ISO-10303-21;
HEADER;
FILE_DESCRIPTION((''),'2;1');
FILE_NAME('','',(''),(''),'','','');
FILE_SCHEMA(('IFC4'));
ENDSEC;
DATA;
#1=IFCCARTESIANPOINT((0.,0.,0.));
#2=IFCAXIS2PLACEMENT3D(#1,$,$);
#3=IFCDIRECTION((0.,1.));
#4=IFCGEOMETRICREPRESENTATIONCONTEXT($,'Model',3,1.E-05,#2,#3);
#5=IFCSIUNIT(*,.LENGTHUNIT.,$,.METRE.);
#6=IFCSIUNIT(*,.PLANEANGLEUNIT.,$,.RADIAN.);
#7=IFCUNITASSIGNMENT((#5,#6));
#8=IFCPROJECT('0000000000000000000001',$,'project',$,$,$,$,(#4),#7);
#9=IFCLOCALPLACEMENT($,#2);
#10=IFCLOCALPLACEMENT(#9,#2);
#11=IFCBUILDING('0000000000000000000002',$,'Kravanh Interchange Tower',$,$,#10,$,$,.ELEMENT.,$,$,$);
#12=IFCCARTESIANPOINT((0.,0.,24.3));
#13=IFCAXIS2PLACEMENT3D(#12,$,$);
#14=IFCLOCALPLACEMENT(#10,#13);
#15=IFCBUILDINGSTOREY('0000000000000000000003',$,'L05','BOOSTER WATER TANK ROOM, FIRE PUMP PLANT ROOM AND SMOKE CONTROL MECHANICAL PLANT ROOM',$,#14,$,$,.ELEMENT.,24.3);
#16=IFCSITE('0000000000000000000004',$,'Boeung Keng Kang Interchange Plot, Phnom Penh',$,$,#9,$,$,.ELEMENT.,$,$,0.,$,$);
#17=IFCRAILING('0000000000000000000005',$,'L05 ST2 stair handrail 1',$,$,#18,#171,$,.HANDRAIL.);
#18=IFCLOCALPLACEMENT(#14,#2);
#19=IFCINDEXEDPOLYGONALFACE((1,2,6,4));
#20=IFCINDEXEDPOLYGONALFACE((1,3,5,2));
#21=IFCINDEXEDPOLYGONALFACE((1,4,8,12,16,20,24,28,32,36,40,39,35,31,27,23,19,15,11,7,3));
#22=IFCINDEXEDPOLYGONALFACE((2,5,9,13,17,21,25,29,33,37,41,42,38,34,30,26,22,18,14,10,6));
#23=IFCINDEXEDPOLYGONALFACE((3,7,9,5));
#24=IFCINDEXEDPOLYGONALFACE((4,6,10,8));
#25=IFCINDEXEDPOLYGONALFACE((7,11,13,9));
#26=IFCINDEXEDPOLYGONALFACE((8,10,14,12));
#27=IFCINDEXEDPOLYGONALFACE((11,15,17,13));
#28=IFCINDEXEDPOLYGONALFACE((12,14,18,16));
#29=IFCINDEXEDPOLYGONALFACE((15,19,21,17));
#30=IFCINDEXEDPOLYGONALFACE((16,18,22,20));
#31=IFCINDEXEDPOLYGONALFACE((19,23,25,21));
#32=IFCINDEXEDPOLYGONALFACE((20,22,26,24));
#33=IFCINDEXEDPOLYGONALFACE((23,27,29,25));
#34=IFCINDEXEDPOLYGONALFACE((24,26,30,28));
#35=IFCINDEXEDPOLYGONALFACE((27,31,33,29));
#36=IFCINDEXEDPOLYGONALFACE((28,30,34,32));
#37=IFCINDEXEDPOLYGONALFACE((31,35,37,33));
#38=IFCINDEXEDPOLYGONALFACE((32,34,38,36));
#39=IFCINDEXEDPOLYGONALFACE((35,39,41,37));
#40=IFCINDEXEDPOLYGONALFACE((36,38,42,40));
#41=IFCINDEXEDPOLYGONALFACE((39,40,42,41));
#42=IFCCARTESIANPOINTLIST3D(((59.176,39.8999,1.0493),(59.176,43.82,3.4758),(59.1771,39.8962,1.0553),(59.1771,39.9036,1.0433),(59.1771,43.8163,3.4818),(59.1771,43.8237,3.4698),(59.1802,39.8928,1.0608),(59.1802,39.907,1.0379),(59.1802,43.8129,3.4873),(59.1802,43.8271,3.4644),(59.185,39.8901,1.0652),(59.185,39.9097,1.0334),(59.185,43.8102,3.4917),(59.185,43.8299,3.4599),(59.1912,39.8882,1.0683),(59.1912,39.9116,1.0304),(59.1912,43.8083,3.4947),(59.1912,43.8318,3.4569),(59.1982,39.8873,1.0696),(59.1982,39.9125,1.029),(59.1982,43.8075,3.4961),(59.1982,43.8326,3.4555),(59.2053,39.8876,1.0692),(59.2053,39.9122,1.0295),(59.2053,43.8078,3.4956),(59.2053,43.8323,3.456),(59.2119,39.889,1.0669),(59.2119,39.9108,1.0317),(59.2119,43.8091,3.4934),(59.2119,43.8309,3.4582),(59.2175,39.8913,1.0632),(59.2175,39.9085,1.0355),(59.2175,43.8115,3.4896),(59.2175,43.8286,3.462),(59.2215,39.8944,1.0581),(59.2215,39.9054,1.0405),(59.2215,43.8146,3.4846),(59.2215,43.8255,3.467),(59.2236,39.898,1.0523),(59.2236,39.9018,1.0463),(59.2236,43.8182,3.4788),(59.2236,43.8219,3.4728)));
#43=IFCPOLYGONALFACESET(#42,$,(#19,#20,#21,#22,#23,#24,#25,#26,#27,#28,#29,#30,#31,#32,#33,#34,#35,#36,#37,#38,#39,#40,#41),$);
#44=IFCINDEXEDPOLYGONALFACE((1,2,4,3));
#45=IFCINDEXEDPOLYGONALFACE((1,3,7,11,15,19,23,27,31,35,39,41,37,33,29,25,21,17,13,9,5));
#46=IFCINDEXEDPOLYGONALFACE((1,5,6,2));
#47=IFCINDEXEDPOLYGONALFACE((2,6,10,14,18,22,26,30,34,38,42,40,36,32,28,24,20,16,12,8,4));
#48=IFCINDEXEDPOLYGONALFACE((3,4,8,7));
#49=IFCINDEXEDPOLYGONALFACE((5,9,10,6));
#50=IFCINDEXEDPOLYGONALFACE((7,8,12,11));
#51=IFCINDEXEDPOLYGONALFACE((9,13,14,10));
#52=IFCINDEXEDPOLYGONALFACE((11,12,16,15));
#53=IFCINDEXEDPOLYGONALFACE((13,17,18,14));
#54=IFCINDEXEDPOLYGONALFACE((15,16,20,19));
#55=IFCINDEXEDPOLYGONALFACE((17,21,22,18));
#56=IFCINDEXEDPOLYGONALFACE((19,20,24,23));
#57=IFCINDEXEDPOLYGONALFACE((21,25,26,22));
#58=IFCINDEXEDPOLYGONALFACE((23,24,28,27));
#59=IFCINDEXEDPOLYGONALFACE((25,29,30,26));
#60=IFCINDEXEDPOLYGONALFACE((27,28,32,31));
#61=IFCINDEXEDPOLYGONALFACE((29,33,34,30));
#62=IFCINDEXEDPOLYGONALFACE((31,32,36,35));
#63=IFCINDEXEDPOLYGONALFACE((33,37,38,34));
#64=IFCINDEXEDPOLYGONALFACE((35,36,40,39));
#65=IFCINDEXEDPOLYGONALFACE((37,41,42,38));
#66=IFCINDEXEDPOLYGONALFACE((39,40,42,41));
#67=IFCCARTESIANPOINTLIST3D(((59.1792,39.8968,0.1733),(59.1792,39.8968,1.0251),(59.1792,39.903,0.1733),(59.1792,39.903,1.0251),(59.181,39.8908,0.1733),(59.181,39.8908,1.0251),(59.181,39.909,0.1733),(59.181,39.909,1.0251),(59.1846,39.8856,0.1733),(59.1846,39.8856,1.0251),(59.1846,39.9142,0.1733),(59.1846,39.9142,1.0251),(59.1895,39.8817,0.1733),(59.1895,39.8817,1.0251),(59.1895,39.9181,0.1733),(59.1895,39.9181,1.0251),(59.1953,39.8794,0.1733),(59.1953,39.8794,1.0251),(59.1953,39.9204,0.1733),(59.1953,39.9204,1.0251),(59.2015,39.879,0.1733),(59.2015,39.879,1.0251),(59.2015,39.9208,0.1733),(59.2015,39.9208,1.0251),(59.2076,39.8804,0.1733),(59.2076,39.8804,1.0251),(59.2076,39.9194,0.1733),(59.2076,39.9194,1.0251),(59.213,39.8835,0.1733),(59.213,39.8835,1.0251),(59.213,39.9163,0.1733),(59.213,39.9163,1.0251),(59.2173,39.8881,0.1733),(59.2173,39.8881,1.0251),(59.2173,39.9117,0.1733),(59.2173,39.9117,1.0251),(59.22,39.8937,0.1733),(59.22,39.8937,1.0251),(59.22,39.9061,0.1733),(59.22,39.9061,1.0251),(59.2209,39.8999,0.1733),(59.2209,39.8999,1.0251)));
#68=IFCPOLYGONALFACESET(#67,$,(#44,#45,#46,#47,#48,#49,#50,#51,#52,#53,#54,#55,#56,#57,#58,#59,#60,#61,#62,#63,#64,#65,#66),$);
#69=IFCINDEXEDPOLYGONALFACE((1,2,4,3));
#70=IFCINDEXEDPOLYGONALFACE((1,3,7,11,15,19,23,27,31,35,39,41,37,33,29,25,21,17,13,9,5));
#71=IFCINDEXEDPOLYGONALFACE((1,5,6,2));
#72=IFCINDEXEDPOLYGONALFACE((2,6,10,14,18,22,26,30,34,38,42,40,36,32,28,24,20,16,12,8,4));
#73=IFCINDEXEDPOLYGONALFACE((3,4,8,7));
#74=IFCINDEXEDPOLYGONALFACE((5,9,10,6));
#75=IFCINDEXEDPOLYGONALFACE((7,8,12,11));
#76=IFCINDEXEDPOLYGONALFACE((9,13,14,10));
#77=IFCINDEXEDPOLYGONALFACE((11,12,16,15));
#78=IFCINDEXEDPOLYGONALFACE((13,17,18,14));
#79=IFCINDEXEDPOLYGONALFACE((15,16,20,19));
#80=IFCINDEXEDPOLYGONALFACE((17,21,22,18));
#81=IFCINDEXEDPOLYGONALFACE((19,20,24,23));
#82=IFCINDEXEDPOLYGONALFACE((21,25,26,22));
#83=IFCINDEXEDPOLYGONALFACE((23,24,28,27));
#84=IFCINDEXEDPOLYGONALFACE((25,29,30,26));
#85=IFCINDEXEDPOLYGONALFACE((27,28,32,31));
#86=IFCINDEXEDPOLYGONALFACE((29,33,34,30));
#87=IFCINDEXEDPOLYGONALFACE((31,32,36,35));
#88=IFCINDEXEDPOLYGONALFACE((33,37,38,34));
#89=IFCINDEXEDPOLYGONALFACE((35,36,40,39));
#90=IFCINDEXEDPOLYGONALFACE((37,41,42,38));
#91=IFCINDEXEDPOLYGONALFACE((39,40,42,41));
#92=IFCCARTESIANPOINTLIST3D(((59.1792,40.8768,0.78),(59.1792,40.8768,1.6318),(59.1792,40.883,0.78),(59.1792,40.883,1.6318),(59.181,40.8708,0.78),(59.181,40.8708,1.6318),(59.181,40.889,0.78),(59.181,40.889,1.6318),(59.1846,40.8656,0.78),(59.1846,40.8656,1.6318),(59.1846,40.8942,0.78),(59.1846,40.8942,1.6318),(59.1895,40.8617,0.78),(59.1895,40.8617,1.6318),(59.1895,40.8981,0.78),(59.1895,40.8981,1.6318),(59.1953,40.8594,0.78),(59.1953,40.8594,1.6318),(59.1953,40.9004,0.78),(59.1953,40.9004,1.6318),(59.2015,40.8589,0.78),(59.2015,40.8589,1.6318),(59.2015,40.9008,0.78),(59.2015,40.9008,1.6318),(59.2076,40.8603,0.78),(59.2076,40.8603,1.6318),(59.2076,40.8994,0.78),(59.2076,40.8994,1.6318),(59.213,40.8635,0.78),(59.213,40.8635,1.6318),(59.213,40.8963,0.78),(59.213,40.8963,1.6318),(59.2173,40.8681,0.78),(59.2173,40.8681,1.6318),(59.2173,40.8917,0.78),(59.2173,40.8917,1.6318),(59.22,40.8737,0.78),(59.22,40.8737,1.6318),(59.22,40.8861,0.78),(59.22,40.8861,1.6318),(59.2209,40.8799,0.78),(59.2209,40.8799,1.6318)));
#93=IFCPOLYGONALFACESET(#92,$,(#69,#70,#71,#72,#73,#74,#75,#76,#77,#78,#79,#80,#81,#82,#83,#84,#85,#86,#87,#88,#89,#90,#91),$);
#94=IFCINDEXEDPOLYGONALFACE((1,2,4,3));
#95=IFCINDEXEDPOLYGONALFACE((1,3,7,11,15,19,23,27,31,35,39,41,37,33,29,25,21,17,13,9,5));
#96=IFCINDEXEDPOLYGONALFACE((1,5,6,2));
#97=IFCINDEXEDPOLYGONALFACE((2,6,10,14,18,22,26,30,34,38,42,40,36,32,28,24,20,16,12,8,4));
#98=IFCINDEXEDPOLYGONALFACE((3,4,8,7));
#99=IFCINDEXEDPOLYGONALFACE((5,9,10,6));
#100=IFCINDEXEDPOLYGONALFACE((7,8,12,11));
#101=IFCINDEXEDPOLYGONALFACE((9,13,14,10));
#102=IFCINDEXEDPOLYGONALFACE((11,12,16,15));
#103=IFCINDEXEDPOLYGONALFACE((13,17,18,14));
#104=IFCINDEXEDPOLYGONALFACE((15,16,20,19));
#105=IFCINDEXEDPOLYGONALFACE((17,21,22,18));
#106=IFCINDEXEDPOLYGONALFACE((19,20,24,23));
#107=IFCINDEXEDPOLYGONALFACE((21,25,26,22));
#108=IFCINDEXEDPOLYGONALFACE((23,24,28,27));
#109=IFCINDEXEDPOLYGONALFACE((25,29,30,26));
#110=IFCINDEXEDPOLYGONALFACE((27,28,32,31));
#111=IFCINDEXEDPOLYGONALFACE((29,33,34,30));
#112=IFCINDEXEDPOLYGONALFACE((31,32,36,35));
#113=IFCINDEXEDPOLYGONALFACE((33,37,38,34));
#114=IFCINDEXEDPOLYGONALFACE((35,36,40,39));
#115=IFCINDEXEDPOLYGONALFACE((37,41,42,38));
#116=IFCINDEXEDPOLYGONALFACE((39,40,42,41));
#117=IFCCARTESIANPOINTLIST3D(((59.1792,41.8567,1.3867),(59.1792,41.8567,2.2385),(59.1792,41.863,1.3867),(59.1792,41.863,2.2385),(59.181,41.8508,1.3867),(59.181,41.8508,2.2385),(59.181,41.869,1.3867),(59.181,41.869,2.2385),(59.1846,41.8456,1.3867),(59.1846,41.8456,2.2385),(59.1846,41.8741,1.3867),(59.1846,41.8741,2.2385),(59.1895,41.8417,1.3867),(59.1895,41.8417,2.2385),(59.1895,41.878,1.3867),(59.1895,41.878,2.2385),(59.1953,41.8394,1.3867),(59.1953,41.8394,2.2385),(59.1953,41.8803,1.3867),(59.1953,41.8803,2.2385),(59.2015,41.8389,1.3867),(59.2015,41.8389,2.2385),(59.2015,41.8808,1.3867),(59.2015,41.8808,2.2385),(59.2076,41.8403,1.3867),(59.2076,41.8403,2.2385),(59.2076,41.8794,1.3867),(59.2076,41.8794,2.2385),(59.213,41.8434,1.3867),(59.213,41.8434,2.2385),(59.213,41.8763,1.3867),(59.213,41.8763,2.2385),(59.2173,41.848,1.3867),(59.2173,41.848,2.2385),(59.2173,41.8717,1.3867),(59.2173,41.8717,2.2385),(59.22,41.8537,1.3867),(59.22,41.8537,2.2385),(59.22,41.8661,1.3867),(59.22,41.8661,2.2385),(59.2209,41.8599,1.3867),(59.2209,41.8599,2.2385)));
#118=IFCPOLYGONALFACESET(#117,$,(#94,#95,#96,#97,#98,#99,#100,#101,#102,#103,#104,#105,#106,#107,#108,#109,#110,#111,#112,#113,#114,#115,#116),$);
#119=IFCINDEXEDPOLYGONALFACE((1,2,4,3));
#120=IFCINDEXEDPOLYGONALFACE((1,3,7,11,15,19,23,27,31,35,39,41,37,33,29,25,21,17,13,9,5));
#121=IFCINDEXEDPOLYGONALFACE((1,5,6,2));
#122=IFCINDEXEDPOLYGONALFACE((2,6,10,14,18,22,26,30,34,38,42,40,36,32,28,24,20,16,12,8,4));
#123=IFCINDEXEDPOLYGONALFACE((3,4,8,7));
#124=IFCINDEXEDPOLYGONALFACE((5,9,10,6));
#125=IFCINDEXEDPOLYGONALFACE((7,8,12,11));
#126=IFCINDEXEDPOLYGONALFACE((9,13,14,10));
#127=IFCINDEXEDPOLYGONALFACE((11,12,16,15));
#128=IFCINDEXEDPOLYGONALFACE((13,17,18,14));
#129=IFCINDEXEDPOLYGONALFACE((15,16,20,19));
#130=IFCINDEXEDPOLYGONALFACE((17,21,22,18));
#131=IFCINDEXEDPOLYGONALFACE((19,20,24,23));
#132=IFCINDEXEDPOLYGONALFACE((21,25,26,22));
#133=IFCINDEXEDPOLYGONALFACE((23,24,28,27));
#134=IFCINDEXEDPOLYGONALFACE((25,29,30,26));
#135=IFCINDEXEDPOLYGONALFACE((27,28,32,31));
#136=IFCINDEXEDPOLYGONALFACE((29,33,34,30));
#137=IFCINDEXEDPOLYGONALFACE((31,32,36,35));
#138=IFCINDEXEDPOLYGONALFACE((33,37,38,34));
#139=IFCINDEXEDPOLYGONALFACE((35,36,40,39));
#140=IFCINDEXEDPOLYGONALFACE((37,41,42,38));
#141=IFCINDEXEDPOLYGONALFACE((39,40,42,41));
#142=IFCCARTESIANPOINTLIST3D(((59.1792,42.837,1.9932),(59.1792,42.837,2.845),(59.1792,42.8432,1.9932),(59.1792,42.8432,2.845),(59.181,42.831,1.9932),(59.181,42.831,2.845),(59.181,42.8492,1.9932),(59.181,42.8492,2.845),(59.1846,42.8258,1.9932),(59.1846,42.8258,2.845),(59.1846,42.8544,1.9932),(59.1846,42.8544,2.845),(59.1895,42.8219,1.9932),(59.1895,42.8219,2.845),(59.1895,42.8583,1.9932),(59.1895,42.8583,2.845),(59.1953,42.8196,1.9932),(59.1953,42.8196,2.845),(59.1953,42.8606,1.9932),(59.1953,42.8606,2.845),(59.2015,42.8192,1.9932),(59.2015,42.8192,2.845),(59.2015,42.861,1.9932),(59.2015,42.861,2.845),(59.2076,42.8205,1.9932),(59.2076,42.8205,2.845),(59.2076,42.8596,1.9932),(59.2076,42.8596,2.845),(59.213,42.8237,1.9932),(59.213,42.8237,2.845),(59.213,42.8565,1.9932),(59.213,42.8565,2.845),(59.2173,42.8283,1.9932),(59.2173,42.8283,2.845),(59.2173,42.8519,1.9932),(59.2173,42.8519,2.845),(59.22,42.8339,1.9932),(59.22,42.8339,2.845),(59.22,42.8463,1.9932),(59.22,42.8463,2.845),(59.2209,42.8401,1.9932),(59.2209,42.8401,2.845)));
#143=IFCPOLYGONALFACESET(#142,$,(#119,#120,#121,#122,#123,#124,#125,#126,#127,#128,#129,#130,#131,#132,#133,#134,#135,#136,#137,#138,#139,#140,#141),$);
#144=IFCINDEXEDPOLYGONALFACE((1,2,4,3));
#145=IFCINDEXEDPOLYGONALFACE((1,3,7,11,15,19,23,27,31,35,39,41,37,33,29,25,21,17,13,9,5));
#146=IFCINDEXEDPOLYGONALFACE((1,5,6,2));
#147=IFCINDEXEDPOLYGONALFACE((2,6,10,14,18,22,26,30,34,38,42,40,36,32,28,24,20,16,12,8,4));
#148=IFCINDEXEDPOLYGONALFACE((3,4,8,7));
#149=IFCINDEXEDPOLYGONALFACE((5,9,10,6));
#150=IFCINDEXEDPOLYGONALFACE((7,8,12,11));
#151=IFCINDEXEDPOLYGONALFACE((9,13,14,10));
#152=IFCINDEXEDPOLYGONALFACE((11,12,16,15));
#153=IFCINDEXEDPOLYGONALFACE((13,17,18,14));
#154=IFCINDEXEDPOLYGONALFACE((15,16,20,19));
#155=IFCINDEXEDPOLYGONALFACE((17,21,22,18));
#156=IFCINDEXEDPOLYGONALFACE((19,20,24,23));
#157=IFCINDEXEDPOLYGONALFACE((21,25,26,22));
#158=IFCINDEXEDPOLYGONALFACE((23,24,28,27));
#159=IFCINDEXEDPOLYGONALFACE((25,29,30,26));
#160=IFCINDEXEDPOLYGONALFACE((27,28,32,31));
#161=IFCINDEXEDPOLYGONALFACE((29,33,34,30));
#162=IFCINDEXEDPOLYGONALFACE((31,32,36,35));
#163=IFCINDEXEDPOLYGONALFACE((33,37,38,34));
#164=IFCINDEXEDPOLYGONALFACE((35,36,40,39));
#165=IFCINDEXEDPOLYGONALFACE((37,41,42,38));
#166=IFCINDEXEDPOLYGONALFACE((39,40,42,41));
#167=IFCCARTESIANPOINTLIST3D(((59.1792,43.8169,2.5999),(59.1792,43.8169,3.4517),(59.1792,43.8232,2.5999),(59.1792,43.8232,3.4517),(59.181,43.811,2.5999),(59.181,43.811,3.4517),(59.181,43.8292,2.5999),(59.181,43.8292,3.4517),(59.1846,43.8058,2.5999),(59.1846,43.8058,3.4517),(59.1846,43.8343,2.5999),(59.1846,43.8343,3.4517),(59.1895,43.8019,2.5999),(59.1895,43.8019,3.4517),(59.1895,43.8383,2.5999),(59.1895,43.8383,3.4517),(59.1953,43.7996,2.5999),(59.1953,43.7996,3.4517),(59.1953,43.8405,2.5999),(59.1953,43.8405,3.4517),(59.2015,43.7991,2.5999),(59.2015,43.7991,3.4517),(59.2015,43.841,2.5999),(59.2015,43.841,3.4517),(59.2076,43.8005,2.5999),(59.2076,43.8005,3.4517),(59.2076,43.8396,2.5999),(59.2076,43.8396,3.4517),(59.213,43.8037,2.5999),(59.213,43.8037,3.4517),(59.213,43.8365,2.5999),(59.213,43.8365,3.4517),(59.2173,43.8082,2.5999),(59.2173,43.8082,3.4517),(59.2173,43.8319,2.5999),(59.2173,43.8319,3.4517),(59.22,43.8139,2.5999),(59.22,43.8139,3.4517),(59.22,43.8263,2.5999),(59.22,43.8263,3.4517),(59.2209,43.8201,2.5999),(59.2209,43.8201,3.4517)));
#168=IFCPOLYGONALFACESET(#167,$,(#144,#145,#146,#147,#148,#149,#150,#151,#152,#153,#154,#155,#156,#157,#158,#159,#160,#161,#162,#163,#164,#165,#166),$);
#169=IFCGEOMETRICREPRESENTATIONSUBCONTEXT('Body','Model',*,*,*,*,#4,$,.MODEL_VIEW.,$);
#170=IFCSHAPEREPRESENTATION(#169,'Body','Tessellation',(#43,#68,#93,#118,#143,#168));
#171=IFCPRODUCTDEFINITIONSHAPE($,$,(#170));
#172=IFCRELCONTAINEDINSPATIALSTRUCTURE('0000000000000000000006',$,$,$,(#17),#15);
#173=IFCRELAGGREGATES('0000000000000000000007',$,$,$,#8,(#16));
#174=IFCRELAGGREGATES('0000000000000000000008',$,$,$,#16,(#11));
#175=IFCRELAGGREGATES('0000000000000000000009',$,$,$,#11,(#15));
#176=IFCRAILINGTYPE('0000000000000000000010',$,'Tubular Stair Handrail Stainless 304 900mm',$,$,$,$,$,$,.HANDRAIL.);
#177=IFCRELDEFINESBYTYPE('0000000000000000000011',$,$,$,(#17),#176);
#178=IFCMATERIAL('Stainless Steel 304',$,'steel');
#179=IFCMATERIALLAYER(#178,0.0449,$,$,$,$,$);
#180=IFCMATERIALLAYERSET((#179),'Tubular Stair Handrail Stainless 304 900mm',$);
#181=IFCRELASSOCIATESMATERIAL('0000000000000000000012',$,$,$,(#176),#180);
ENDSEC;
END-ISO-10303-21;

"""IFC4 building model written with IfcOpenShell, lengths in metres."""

from ifc_helpers import new_model, si_unit, direction, frame, origin, origin_2d, place, context, subcontext, project, spatial, circle, extrude, material, layer, layer_set, type_object, element, save


model = new_model("IFC4")

# Units and contexts
model_context = context("Model", 3, precision=1e-05, world=origin(), true_north=direction((0.0, 1.0)))
body_context = subcontext(model_context, "Body", "Model", "MODEL_VIEW")
ifc_project = project(units=[si_unit("LENGTHUNIT", "METRE"), si_unit("PLANEANGLEUNIT", "RADIAN")], contexts=[model_context])

# Site, building, storey
site_placement = place(None, origin())
site = spatial("IfcSite", under=ifc_project, at=site_placement, Name="Boeung Keng Kang Interchange Plot, Phnom Penh", CompositionType="ELEMENT", RefElevation=0.0)
building_placement = place(site_placement, origin())
building = spatial("IfcBuilding", under=site, at=building_placement, Name="Kravanh Interchange Tower", CompositionType="ELEMENT")
storey_placement = place(building_placement, frame((0.0, 0.0, 24.3)))
storey = spatial("IfcBuildingStorey", under=building, at=storey_placement, Name="L05", Description="BOOSTER WATER TANK ROOM, FIRE PUMP PLANT ROOM AND SMOKE CONTROL MECHANICAL PLANT ROOM", CompositionType="ELEMENT", Elevation=24.3)

# Railing
ifc_material_1 = material(Name="Stainless Steel 304", Category="steel")
ifc_layer_1 = layer(ifc_material_1, 0.0449)
ifc_layer_set_1 = layer_set([ifc_layer_1], Name="Tubular Stair Handrail Stainless 304 900mm")
railing_type_1 = type_object("IfcRailingType", Name="Tubular Stair Handrail Stainless 304 900mm", PredefinedType="HANDRAIL", material=ifc_layer_set_1)
railing_1_placement = place(storey_placement, frame((59.2, 39.8999, 0.1733)))
element("IfcRailing", 1, at=railing_1_placement, inside=storey, type_object=railing_type_1, Name="L05 ST2 stair handrail 1", PredefinedType="HANDRAIL", context=body_context, shape_type="SweptSolid", body=[
    extrude(circle(Radius=0.0239, at=origin_2d()), frame((0.0, 0.0, 0.876), z_axis=(0.0, 0.85029, 0.526315), x_axis=(-1.0, 0.0, 0.0)), (0.0, 0.0, 1.0), 4.6104),
    extrude(circle(Radius=0.021, at=origin_2d()), origin(), (0.0, 0.0, 1.0), 0.8518),
    extrude(circle(Radius=0.021, at=origin_2d()), frame((0.0, 0.98, 0.6067)), (0.0, 0.0, 1.0), 0.8518),
    extrude(circle(Radius=0.021, at=origin_2d()), frame((0.0, 1.96, 1.2134)), (0.0, 0.0, 1.0), 0.8518),
    extrude(circle(Radius=0.021, at=origin_2d()), frame((0.0, 2.9402, 1.8198)), (0.0, 0.0, 1.0), 0.8518),
    extrude(circle(Radius=0.021, at=origin_2d()), frame((0.0, 3.9202, 2.4265)), (0.0, 0.0, 1.0), 0.8518),
])

save(model, "model.ifc")
